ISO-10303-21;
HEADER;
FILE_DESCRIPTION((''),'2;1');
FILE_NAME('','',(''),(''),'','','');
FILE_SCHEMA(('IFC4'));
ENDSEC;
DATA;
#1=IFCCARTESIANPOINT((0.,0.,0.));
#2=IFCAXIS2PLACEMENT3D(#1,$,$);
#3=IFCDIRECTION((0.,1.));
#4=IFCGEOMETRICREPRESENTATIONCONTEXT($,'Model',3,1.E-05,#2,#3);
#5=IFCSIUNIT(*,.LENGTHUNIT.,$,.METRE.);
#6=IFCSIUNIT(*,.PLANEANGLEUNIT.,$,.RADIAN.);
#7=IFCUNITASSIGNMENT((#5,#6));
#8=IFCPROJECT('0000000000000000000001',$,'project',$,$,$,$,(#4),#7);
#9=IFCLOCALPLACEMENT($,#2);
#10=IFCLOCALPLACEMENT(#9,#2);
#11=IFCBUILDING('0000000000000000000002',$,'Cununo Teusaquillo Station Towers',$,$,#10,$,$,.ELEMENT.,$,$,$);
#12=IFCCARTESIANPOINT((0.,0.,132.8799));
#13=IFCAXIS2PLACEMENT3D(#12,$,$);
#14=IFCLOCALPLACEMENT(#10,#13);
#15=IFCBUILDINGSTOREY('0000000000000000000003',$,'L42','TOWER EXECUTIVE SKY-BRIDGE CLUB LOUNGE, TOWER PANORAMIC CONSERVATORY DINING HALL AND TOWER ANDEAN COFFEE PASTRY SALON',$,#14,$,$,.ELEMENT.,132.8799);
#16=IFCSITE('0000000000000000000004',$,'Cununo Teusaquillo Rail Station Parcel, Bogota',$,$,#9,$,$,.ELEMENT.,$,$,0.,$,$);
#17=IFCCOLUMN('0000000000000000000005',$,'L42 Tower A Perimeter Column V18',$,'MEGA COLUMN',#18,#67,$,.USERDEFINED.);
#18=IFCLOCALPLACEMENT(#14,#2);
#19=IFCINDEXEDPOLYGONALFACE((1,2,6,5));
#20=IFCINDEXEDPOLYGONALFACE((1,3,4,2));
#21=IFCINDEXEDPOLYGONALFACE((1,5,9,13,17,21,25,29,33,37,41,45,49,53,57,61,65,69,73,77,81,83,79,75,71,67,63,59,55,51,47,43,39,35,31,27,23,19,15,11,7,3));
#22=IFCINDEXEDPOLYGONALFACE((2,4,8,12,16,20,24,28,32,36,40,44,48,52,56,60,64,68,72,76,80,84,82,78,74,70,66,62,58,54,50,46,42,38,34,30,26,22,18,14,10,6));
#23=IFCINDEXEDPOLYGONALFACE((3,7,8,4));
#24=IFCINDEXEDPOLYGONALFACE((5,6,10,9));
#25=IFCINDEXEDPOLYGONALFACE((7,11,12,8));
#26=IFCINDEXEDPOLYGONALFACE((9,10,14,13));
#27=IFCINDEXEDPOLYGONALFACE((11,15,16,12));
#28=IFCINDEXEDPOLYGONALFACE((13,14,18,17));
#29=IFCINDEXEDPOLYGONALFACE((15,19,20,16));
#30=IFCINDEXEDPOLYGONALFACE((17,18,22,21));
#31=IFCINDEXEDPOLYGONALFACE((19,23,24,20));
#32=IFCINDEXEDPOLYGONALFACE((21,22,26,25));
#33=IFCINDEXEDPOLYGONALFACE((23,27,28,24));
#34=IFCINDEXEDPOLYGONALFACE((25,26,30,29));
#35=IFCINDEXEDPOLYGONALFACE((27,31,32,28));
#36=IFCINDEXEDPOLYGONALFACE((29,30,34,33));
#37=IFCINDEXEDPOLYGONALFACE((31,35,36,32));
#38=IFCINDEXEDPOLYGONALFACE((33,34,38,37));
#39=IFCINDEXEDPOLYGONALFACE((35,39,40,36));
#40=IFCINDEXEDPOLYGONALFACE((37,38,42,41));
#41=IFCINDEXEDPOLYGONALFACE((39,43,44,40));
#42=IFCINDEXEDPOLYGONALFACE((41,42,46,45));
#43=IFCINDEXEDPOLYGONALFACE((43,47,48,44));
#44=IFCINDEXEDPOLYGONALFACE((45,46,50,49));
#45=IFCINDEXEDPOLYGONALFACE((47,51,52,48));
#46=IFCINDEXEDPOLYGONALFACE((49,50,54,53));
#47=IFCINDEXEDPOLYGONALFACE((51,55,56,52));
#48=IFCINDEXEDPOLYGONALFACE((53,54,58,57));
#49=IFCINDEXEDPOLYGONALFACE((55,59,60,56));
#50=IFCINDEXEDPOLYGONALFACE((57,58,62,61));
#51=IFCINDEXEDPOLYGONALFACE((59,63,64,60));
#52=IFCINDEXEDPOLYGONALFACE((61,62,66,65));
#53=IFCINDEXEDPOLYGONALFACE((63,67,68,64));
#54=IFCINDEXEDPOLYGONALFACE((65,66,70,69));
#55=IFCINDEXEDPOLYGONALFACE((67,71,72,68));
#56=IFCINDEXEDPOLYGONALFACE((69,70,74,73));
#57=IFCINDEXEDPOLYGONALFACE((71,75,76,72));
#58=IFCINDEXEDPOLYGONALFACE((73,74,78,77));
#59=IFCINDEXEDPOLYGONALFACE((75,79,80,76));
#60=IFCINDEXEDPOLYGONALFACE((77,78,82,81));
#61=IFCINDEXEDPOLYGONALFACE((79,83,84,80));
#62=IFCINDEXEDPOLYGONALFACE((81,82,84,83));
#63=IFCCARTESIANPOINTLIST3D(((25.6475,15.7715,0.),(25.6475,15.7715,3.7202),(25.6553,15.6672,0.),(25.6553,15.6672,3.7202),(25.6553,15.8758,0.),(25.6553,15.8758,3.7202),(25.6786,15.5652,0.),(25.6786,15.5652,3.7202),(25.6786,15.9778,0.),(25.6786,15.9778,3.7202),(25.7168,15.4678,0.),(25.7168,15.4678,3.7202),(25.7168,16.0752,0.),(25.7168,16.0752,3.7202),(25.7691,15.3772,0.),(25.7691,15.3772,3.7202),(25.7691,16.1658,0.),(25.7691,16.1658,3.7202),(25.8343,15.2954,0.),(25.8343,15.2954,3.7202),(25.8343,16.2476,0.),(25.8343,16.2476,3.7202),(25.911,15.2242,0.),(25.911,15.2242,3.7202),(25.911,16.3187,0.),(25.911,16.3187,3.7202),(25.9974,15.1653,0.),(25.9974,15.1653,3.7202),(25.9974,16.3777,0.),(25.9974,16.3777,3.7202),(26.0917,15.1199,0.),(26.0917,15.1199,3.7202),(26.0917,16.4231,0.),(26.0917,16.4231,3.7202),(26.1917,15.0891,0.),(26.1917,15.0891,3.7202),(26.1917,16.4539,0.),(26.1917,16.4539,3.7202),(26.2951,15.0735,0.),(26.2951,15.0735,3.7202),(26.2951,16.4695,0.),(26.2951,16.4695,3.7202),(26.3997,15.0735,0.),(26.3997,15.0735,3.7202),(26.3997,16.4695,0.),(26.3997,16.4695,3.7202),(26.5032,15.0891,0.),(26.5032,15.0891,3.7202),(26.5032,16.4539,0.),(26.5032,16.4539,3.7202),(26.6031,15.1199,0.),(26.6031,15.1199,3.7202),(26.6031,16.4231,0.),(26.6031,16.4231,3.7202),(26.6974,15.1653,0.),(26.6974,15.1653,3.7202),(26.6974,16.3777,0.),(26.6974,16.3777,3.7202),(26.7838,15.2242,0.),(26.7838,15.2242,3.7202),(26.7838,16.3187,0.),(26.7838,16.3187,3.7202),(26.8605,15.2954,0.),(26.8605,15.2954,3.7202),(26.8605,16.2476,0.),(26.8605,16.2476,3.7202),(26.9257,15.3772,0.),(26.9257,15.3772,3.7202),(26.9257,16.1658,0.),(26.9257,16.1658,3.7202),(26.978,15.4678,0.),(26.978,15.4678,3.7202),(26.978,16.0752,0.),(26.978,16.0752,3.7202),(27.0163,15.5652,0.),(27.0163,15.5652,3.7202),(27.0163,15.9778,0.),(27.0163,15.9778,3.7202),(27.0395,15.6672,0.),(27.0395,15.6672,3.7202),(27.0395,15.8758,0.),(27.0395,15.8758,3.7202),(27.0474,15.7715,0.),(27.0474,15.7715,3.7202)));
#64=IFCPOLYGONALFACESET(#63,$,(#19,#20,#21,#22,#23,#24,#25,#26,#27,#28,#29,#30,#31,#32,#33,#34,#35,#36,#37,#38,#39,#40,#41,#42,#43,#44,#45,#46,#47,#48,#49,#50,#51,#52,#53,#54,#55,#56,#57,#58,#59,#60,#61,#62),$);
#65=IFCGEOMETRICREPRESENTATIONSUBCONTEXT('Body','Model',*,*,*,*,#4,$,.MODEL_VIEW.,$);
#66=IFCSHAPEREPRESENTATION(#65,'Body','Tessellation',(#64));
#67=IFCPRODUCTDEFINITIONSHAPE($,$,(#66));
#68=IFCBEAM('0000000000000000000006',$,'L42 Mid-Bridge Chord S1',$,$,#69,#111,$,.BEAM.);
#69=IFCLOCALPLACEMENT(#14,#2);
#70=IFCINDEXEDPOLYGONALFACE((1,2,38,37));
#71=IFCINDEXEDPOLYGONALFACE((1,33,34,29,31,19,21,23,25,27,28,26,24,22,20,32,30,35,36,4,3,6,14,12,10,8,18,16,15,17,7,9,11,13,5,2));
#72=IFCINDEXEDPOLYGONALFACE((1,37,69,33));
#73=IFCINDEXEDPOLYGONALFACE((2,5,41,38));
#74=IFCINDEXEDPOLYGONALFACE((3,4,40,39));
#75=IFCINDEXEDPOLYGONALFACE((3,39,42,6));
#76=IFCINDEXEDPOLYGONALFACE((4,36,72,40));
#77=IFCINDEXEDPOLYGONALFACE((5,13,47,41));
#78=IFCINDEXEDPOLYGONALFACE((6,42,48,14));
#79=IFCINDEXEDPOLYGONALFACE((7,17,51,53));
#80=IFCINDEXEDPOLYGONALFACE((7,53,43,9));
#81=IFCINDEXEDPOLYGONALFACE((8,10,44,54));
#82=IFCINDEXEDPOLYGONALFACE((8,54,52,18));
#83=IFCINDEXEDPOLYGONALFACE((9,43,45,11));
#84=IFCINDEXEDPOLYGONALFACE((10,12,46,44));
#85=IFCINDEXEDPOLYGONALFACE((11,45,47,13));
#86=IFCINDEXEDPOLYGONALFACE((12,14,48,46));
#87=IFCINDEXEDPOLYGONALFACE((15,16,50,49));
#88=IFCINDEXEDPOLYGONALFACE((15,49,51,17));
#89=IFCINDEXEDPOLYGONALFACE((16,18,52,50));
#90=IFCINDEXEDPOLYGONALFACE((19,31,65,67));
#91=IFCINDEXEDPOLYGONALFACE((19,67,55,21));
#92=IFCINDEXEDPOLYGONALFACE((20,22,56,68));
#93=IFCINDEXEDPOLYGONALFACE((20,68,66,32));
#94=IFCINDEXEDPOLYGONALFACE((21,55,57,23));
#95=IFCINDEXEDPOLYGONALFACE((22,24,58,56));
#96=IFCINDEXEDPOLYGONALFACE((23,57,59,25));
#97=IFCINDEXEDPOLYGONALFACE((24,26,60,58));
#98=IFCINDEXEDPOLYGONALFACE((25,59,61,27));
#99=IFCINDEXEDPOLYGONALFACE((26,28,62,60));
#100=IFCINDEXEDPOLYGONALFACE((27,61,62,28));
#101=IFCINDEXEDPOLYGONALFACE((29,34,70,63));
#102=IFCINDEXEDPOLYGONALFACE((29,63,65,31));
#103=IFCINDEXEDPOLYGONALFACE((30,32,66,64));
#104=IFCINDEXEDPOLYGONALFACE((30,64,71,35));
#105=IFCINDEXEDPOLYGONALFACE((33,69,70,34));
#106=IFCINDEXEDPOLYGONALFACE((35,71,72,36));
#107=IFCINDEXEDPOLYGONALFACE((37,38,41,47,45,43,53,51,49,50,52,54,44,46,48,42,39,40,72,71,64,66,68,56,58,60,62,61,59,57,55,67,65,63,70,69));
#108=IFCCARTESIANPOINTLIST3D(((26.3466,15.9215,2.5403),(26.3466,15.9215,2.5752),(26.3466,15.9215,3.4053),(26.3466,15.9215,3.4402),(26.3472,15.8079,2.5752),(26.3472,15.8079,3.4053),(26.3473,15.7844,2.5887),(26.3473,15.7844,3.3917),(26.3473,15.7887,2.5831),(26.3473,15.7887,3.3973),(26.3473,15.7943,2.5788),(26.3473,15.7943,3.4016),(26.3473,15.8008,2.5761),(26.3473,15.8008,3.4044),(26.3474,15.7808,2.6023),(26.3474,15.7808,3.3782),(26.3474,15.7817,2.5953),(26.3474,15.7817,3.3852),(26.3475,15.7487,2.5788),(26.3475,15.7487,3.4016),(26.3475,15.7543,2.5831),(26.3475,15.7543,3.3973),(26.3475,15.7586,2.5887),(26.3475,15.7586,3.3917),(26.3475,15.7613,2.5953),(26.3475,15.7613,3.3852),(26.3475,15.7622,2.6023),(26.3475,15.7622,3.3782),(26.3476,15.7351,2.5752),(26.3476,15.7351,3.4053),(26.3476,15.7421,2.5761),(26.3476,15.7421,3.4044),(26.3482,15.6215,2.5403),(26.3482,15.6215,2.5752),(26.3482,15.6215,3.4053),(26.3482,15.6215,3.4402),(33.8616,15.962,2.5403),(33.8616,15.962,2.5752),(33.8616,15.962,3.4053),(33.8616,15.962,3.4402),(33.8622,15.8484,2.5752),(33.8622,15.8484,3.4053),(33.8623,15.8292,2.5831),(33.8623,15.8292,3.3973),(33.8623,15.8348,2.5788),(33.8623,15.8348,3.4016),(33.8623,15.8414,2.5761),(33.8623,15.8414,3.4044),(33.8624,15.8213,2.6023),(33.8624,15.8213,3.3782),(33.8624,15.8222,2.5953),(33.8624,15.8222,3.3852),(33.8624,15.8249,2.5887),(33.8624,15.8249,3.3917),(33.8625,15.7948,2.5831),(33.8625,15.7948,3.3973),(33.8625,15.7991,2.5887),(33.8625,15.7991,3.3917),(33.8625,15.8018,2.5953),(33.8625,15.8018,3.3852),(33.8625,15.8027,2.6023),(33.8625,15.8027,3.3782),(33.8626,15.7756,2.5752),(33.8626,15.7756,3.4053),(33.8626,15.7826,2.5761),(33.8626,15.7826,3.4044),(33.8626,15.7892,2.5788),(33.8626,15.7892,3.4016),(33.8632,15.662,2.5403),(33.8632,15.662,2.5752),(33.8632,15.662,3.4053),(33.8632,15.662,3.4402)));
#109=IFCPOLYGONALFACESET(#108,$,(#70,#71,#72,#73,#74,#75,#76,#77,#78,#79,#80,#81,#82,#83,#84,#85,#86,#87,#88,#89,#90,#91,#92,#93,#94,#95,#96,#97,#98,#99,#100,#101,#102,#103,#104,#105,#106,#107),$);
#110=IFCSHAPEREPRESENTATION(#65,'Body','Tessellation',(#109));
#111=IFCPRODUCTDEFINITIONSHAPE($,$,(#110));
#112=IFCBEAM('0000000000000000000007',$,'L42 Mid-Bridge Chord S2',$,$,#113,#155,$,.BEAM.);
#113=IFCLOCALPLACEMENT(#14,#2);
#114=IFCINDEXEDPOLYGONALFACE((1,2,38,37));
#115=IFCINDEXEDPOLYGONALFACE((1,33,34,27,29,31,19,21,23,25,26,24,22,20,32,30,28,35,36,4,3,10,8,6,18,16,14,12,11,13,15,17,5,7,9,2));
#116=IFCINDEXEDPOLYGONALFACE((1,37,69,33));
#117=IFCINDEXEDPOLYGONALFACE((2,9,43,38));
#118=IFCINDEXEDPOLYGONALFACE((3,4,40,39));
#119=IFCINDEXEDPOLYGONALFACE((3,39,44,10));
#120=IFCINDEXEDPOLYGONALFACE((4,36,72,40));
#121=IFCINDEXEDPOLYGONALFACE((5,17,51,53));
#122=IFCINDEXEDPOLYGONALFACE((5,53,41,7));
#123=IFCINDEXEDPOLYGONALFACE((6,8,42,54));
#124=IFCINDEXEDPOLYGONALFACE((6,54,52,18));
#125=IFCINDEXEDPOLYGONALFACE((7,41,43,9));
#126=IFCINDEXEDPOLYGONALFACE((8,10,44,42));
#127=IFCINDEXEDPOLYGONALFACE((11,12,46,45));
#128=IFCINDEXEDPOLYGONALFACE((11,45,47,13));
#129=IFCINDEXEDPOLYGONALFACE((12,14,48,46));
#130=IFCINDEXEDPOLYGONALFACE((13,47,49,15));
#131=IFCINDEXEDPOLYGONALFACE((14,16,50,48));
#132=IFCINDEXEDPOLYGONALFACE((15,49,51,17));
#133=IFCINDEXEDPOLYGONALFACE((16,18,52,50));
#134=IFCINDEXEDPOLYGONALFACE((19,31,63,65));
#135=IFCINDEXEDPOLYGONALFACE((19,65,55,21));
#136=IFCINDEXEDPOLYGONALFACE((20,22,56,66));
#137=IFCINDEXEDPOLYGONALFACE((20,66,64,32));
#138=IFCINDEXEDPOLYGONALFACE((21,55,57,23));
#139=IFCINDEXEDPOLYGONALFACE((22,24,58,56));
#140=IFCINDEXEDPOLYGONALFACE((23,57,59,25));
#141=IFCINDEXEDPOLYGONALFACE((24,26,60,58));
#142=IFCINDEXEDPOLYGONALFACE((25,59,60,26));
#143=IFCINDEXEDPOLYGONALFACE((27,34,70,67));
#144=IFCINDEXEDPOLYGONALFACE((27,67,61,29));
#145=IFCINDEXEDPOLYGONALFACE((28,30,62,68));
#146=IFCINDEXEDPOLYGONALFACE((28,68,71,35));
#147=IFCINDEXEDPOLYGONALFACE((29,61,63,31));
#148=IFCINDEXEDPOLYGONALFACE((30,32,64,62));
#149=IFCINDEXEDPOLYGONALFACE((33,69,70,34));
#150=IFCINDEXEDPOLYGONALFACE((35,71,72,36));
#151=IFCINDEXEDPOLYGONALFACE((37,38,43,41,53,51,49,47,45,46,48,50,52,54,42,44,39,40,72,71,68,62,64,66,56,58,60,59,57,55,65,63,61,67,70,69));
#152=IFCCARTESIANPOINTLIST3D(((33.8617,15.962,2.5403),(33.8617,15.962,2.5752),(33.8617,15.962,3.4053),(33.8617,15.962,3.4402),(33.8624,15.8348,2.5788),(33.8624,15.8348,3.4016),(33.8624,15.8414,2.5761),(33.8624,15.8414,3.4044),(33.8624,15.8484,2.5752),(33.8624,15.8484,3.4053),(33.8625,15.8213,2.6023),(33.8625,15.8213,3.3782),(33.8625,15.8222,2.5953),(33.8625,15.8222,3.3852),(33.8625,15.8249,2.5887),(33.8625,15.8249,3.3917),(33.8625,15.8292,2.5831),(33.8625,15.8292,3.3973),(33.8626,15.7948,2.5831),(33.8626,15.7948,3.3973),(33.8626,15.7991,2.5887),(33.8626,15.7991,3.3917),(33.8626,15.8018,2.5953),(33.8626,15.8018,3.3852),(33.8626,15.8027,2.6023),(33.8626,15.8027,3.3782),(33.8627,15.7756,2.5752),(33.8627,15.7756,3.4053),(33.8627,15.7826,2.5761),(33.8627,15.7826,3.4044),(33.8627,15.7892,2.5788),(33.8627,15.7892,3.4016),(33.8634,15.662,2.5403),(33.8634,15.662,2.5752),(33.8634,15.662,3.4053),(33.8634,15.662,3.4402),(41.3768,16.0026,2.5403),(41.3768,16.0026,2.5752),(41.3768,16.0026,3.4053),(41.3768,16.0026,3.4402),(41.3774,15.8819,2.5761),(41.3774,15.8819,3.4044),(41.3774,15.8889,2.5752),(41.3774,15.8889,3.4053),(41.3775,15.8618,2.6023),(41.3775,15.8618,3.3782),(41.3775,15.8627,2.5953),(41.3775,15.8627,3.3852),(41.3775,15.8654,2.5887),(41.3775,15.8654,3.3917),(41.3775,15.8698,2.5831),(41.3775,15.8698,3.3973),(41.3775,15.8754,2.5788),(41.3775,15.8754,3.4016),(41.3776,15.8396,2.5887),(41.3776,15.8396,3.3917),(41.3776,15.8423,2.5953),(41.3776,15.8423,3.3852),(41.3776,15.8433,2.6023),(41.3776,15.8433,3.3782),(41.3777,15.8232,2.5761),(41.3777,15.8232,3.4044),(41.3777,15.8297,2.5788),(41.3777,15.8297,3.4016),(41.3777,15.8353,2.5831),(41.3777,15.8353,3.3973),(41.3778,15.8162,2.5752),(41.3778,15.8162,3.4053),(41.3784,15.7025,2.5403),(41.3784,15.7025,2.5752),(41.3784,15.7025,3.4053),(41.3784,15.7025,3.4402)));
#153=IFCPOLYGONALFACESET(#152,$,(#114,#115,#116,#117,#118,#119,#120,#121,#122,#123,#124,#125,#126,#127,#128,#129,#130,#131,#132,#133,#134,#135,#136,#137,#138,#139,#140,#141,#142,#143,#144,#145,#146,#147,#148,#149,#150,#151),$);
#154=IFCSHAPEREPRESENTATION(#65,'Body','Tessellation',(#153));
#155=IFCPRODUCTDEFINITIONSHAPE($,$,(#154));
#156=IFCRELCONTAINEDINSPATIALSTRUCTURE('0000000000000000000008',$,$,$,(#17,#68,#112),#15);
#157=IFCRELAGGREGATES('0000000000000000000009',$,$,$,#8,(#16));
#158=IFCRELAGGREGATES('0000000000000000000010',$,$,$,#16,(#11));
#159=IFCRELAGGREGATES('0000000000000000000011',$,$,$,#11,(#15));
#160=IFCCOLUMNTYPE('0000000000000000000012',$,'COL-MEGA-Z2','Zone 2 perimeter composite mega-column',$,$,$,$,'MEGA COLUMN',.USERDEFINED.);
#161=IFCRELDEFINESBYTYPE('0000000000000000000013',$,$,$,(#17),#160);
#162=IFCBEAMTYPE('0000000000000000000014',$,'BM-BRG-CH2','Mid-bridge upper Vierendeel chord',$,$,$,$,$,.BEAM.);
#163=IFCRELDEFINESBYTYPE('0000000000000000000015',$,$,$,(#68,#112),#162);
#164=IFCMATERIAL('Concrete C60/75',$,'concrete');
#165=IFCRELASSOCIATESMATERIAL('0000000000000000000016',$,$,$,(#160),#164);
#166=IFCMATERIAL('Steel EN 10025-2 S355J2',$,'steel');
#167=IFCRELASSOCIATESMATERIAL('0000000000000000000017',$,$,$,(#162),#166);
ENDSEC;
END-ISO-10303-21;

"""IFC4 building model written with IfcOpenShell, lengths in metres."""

from ifc_helpers import new_model, si_unit, direction, frame, origin, origin_2d, place, context, subcontext, project, spatial, circle, i_section, extrude, material, material_profile, profile_set, type_object, element, save


model = new_model("IFC4")

# Units and contexts
model_context = context("Model", 3, precision=1e-05, world=origin(), true_north=direction((0.0, 1.0)))
body_context = subcontext(model_context, "Body", "Model", "MODEL_VIEW")
ifc_project = project(units=[si_unit("LENGTHUNIT", "METRE"), si_unit("PLANEANGLEUNIT", "RADIAN")], contexts=[model_context])

# Site, building, storey
site_placement = place(None, origin())
site = spatial("IfcSite", under=ifc_project, at=site_placement, Name="Cununo Teusaquillo Rail Station Parcel, Bogota", CompositionType="ELEMENT", RefElevation=0.0)
building_placement = place(site_placement, origin())
building = spatial("IfcBuilding", under=site, at=building_placement, Name="Cununo Teusaquillo Station Towers", CompositionType="ELEMENT")
storey_placement = place(building_placement, frame((0.0, 0.0, 132.8799)))
storey = spatial("IfcBuildingStorey", under=building, at=storey_placement, Name="L42", Description="TOWER EXECUTIVE SKY-BRIDGE CLUB LOUNGE, TOWER PANORAMIC CONSERVATORY DINING HALL AND TOWER ANDEAN COFFEE PASTRY SALON", CompositionType="ELEMENT", Elevation=132.8799)

# Column
ifc_material_1 = material(Name="Concrete C60/75", Category="concrete")
ifc_material_profile_1 = material_profile(ifc_material_1, circle(Radius=0.7, at=origin_2d()), Name="RC-CIRC-1400")
ifc_profile_set_1 = profile_set([ifc_material_profile_1], Name="Concrete C60/75")
column_type_1 = type_object("IfcColumnType", Name="COL-MEGA-Z2", Description="Zone 2 perimeter composite mega-column", ElementType="MEGA COLUMN", PredefinedType="USERDEFINED", material=ifc_profile_set_1)
for number, where, z_axis, x_axis, name in (
    (1, (26.3474, 15.7715, 0.0), (0.0, 0.0, 1.0), (1.0, 0.0, 0.0), "L42 Tower A Perimeter Column V18"),
):
    element("IfcColumn", number, at=place(storey_placement, frame(where, z_axis=z_axis, x_axis=x_axis)), inside=storey, type_object=column_type_1, Name=name, ObjectType="MEGA COLUMN", PredefinedType="USERDEFINED", context=body_context, shape_type="SweptSolid", body=[
        extrude(circle(Radius=0.7, at=origin_2d()), origin(), (0.0, 0.0, 1.0), 3.7202),
    ])

# Beams
ifc_material_2 = material(Name="Steel EN 10025-2 S355J2", Category="steel")
ifc_material_profile_2 = material_profile(ifc_material_2, i_section(OverallWidth=0.3, OverallDepth=0.8999, WebThickness=0.0186, FlangeThickness=0.0349, FilletRadius=0.0271, at=origin_2d()), Name="HEB 900")
ifc_profile_set_2 = profile_set([ifc_material_profile_2], Name="Steel EN 10025-2 S355J2")
beam_type_1 = type_object("IfcBeamType", Name="BM-BRG-CH2", Description="Mid-bridge upper Vierendeel chord", PredefinedType="BEAM", material=ifc_profile_set_2)
for number, where, z_axis, x_axis, name in (
    (2, (26.3474, 15.7715, 2.9902), (0.999985, 0.005393, 0.0), (-0.005393, 0.999985, 0.0), "L42 Mid-Bridge Chord S1"),
    (3, (33.8625, 15.812, 2.9902), (0.999985, 0.005393, 0.0), (-0.005393, 0.999985, 0.0), "L42 Mid-Bridge Chord S2"),
):
    element("IfcBeam", number, at=place(storey_placement, frame(where, z_axis=z_axis, x_axis=x_axis)), inside=storey, type_object=beam_type_1, Name=name, PredefinedType="BEAM", context=body_context, shape_type="SweptSolid", body=[
        extrude(i_section(OverallWidth=0.3, OverallDepth=0.8999, WebThickness=0.0186, FlangeThickness=0.0349, FilletRadius=0.0271, at=origin_2d()), origin(), (0.0, 0.0, 1.0), 7.5151),
    ])

save(model, "model.ifc")
